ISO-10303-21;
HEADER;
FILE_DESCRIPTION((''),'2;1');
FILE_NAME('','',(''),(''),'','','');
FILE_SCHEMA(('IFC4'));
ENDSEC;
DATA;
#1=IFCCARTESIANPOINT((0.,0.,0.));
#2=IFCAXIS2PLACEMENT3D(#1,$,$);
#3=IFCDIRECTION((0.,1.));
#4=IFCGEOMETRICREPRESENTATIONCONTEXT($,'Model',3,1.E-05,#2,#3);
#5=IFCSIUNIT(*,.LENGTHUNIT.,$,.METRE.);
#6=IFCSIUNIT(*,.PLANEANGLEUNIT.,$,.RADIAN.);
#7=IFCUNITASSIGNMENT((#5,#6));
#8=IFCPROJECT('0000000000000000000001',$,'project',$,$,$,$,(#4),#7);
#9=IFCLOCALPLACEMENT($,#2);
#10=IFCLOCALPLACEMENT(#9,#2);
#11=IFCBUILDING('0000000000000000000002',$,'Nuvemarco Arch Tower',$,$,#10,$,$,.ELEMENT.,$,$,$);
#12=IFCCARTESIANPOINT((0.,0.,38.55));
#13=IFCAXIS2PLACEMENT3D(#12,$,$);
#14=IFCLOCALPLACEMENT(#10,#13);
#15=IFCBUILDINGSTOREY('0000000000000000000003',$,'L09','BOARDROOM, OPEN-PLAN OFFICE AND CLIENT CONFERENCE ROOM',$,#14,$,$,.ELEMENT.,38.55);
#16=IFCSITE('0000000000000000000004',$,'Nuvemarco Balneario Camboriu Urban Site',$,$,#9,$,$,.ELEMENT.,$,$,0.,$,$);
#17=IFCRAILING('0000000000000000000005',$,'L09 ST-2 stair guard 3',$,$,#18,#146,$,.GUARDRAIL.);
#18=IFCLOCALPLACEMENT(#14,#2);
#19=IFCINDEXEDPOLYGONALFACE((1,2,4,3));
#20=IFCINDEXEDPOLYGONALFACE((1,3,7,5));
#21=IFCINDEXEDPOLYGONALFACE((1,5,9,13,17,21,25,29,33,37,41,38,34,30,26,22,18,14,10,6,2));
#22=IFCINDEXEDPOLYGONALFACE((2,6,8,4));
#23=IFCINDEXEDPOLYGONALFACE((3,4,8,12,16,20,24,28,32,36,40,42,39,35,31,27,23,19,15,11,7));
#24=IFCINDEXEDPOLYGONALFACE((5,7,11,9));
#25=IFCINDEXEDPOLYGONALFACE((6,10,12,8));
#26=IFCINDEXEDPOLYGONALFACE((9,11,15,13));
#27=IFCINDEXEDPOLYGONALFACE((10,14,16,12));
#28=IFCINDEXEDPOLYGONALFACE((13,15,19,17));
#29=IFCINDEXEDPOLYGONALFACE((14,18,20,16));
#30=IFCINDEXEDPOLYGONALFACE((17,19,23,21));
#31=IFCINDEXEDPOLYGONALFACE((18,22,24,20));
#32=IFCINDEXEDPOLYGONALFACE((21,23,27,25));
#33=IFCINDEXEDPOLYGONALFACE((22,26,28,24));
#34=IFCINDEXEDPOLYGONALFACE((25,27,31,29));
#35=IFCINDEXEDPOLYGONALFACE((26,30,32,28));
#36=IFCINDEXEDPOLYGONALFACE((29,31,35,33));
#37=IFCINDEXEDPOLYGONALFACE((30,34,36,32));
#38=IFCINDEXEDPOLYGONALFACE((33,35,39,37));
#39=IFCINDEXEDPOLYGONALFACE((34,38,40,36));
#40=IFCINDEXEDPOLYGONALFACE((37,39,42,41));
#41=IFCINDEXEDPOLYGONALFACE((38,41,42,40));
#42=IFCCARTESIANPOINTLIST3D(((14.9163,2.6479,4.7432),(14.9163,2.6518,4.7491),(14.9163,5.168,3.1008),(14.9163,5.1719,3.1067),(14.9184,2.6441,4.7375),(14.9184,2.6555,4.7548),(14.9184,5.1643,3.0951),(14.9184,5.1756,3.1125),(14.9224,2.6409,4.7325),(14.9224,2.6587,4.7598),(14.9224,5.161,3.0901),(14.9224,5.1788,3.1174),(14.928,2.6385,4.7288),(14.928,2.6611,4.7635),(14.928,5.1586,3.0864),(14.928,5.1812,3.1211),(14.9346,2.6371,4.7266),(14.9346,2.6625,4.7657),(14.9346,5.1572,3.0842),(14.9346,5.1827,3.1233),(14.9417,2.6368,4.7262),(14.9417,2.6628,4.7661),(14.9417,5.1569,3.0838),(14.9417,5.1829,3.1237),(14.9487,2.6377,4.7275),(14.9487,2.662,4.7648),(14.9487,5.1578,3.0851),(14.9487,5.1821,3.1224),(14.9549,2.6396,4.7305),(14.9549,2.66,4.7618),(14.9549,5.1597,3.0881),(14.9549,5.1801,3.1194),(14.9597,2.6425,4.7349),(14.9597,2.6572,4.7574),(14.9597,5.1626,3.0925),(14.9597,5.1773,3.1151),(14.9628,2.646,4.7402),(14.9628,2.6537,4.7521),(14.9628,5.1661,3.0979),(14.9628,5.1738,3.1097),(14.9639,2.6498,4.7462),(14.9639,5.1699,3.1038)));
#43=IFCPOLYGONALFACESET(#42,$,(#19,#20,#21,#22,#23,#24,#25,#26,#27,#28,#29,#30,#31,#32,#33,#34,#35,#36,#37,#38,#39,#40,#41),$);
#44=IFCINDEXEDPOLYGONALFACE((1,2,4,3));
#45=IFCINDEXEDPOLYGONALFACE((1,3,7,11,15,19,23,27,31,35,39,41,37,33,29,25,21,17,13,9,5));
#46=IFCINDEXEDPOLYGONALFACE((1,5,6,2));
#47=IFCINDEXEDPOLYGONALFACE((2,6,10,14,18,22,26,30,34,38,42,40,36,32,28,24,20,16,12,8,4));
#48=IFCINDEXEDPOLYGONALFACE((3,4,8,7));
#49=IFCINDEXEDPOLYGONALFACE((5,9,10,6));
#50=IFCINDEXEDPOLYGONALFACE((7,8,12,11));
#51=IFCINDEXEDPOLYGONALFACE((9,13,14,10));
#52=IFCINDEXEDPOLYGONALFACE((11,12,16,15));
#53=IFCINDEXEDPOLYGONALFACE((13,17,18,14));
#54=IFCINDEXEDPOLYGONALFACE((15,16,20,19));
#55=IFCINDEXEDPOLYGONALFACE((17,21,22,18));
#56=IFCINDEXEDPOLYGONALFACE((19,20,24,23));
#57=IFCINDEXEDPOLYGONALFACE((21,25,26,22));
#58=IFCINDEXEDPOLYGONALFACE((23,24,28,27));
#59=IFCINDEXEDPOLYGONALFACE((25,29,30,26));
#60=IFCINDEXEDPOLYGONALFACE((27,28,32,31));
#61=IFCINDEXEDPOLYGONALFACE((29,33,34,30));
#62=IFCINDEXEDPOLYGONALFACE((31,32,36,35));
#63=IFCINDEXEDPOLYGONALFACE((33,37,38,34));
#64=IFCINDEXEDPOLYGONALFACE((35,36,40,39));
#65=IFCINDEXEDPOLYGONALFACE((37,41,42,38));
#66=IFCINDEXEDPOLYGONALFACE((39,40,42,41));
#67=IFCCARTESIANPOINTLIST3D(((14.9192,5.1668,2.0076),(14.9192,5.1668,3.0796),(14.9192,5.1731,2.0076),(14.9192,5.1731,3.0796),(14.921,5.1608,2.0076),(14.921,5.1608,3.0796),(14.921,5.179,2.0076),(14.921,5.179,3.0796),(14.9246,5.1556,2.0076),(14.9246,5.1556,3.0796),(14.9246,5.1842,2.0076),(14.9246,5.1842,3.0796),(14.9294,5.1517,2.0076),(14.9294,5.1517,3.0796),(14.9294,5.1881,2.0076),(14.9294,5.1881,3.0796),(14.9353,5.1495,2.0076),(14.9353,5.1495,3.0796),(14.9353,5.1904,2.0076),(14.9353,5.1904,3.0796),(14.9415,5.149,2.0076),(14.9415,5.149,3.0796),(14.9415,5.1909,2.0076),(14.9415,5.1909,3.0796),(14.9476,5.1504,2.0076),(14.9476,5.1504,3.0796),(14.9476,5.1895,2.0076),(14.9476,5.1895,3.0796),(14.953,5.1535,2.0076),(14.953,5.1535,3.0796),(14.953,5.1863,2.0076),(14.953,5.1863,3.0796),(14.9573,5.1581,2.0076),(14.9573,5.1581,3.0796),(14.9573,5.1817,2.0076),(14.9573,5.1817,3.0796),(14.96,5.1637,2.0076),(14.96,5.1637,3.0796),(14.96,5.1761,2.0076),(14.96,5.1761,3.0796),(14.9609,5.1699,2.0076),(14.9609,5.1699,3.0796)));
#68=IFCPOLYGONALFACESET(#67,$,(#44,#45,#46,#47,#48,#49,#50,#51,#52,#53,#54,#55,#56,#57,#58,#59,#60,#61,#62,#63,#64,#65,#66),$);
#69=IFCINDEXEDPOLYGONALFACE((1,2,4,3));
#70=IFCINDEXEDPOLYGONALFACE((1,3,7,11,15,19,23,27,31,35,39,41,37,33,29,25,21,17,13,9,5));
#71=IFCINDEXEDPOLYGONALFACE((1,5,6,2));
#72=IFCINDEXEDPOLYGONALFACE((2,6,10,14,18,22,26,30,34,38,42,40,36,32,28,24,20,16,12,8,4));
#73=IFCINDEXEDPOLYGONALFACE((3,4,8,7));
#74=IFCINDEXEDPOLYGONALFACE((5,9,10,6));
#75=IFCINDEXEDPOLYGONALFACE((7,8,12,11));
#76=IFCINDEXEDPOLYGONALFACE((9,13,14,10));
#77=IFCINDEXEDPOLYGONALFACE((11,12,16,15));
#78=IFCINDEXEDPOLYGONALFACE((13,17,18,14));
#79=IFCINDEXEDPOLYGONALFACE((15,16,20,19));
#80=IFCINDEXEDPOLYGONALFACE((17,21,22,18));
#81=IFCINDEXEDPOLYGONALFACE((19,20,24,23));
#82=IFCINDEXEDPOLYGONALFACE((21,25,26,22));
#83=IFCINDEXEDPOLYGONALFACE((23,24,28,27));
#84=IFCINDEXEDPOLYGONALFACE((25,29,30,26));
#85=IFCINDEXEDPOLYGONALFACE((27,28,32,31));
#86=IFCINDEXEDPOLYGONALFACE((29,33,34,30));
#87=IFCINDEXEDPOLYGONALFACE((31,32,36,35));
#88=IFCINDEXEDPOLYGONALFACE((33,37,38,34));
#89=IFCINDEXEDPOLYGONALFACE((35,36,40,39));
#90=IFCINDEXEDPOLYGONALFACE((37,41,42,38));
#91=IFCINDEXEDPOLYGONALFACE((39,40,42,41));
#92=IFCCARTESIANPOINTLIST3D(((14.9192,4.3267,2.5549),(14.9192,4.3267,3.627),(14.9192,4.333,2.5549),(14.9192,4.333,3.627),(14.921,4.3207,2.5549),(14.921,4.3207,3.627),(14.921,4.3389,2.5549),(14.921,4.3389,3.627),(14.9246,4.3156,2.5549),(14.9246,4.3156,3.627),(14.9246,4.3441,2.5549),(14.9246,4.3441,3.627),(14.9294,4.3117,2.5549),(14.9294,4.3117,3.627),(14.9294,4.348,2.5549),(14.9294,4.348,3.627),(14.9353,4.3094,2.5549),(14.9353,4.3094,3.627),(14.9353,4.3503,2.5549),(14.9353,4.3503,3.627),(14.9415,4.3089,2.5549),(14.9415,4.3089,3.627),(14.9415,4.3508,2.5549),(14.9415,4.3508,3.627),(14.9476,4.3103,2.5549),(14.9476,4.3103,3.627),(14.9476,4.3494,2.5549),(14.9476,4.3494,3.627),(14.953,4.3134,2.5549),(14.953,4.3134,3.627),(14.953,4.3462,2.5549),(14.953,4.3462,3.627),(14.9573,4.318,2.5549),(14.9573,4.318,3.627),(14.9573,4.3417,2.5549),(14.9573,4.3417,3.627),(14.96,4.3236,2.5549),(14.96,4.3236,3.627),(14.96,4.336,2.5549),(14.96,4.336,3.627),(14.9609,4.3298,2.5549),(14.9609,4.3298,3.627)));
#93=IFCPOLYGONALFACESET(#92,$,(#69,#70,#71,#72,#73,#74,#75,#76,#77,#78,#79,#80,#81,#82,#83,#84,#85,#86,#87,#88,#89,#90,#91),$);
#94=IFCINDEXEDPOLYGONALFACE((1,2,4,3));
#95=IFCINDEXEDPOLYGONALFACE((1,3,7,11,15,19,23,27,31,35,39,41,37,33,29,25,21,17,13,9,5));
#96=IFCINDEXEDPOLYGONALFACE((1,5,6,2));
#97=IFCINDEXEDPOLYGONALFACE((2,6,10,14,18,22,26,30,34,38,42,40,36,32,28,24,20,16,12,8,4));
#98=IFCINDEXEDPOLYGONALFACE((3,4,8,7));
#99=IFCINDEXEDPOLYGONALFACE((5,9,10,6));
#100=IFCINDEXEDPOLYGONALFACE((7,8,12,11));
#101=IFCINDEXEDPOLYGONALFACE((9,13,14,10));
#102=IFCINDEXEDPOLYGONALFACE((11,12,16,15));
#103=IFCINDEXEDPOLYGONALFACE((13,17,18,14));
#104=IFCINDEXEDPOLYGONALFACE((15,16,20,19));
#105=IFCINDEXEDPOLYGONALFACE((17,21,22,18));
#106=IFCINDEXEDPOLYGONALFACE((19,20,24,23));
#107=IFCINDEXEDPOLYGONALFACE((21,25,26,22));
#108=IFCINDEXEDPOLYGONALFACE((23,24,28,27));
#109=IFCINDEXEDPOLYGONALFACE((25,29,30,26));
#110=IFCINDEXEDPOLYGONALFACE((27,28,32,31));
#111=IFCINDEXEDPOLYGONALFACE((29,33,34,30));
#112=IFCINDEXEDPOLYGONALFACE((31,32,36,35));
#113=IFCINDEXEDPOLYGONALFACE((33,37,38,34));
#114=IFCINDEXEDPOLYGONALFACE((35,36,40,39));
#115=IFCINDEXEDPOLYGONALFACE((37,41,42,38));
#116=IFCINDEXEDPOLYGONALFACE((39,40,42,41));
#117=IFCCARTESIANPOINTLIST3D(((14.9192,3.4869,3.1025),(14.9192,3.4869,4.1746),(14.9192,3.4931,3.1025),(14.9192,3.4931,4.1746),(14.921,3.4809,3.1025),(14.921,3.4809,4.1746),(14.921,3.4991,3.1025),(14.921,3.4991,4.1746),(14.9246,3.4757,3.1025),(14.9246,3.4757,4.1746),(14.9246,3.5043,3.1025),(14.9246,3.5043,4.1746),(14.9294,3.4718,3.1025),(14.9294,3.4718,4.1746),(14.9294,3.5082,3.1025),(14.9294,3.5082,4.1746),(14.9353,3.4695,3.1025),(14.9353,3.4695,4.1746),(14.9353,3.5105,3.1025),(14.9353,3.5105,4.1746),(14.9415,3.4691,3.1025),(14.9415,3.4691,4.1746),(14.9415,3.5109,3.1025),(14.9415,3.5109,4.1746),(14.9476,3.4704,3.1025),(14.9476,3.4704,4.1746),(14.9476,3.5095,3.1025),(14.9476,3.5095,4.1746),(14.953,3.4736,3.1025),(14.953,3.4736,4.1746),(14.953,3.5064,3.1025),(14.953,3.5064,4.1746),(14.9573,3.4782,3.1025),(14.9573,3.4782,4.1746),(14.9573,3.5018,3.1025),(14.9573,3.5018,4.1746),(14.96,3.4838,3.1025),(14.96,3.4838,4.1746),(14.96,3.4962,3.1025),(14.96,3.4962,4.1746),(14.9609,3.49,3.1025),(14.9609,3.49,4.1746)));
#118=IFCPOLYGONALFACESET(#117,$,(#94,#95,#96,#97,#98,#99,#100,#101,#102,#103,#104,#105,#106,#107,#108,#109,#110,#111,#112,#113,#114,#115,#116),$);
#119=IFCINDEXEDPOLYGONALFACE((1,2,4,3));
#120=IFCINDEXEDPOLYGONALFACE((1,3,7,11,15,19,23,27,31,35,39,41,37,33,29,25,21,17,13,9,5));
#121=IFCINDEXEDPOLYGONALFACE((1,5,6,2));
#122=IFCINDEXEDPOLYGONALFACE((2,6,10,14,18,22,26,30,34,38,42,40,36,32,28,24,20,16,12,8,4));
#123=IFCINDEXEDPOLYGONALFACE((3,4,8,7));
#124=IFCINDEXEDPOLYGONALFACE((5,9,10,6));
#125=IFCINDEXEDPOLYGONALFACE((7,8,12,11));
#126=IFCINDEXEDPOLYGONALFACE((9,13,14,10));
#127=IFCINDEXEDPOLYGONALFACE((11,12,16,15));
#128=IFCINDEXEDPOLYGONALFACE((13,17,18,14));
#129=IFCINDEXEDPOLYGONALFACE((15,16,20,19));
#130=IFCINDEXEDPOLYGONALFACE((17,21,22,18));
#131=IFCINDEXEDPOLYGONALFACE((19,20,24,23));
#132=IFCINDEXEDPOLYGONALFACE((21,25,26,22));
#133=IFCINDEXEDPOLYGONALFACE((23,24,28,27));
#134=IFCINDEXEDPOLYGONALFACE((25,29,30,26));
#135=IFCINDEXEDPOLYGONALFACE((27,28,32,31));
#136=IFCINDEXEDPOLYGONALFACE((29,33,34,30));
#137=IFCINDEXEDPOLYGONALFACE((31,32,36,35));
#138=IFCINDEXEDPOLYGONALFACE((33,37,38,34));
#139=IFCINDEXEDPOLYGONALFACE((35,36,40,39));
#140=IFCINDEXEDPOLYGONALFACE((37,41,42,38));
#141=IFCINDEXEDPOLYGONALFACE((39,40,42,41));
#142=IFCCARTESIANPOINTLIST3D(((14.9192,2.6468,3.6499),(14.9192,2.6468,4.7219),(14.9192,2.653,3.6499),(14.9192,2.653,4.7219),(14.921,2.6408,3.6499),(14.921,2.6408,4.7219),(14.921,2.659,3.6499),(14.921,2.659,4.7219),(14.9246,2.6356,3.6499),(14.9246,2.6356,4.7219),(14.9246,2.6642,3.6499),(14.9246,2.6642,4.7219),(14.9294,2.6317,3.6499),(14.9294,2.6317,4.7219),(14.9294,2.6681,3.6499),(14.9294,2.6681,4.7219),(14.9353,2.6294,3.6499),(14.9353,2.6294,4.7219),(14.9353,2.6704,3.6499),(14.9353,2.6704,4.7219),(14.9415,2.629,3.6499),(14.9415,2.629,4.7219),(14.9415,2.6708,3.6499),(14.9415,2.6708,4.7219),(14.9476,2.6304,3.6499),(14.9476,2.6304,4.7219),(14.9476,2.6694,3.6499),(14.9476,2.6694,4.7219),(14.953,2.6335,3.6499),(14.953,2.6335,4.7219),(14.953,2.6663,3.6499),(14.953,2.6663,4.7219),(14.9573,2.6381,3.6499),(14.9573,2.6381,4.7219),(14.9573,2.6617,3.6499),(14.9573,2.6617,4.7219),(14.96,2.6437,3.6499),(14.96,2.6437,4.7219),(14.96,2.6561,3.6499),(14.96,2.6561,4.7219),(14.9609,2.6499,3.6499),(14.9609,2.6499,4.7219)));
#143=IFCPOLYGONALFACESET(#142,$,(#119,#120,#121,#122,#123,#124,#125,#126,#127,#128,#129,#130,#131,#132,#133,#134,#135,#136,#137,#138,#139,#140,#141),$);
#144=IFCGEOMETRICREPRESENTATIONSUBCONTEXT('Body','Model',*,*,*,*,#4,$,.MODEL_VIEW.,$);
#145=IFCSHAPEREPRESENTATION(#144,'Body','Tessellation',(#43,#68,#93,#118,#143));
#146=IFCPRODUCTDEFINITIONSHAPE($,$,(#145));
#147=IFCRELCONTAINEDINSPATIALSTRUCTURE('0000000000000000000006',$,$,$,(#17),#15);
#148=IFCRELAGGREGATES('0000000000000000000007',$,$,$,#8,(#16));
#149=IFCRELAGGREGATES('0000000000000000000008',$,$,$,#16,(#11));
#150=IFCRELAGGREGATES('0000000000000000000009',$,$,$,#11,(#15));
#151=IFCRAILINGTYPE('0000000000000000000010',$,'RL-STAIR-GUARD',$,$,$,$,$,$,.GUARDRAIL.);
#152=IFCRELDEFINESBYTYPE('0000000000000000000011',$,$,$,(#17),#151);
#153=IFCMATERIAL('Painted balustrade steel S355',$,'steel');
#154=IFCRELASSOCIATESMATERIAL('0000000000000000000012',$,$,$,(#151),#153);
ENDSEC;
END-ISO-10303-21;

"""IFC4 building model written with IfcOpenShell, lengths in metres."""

from ifc_helpers import new_model, si_unit, direction, frame, origin, origin_2d, place, context, subcontext, project, spatial, circle, extrude, material, type_object, element, save


model = new_model("IFC4")

# Units and contexts
model_context = context("Model", 3, precision=1e-05, world=origin(), true_north=direction((0.0, 1.0)))
body_context = subcontext(model_context, "Body", "Model", "MODEL_VIEW")
ifc_project = project(units=[si_unit("LENGTHUNIT", "METRE"), si_unit("PLANEANGLEUNIT", "RADIAN")], contexts=[model_context])

# Site, building, storey
site_placement = place(None, origin())
site = spatial("IfcSite", under=ifc_project, at=site_placement, Name="Nuvemarco Balneario Camboriu Urban Site", CompositionType="ELEMENT", RefElevation=0.0)
building_placement = place(site_placement, origin())
building = spatial("IfcBuilding", under=site, at=building_placement, Name="Nuvemarco Arch Tower", CompositionType="ELEMENT")
storey_placement = place(building_placement, frame((0.0, 0.0, 38.55)))
storey = spatial("IfcBuildingStorey", under=building, at=storey_placement, Name="L09", Description="BOARDROOM, OPEN-PLAN OFFICE AND CLIENT CONFERENCE ROOM", CompositionType="ELEMENT", Elevation=38.55)

# Railing
ifc_material_1 = material(Name="Painted balustrade steel S355", Category="steel")
railing_type_1 = type_object("IfcRailingType", Name="RL-STAIR-GUARD", PredefinedType="GUARDRAIL", material=ifc_material_1)
railing_1_placement = place(storey_placement, frame((14.9399, 5.1699, 2.0076)))
element("IfcRailing", 1, at=railing_1_placement, inside=storey, type_object=railing_type_1, Name="L09 ST-2 stair guard 3", PredefinedType="GUARDRAIL", context=body_context, shape_type="SweptSolid", body=[
    extrude(circle(Radius=0.0239, at=origin_2d()), frame((0.0, 0.0, 1.0962), z_axis=(0.0, -0.837787, 0.545998), x_axis=(1.0, 0.0, 0.0)), (0.0, 0.0, 1.0), 3.0081),
    extrude(circle(Radius=0.021, at=origin_2d()), origin(), (0.0, 0.0, 1.0), 1.072),
    extrude(circle(Radius=0.021, at=origin_2d()), frame((0.0, -0.8401, 0.5474)), (0.0, 0.0, 1.0), 1.072),
    extrude(circle(Radius=0.021, at=origin_2d()), frame((0.0, -1.6799, 1.095)), (0.0, 0.0, 1.0), 1.072),
    extrude(circle(Radius=0.021, at=origin_2d()), frame((0.0, -2.52, 1.6423)), (0.0, 0.0, 1.0), 1.072),
])

save(model, "model.ifc")
